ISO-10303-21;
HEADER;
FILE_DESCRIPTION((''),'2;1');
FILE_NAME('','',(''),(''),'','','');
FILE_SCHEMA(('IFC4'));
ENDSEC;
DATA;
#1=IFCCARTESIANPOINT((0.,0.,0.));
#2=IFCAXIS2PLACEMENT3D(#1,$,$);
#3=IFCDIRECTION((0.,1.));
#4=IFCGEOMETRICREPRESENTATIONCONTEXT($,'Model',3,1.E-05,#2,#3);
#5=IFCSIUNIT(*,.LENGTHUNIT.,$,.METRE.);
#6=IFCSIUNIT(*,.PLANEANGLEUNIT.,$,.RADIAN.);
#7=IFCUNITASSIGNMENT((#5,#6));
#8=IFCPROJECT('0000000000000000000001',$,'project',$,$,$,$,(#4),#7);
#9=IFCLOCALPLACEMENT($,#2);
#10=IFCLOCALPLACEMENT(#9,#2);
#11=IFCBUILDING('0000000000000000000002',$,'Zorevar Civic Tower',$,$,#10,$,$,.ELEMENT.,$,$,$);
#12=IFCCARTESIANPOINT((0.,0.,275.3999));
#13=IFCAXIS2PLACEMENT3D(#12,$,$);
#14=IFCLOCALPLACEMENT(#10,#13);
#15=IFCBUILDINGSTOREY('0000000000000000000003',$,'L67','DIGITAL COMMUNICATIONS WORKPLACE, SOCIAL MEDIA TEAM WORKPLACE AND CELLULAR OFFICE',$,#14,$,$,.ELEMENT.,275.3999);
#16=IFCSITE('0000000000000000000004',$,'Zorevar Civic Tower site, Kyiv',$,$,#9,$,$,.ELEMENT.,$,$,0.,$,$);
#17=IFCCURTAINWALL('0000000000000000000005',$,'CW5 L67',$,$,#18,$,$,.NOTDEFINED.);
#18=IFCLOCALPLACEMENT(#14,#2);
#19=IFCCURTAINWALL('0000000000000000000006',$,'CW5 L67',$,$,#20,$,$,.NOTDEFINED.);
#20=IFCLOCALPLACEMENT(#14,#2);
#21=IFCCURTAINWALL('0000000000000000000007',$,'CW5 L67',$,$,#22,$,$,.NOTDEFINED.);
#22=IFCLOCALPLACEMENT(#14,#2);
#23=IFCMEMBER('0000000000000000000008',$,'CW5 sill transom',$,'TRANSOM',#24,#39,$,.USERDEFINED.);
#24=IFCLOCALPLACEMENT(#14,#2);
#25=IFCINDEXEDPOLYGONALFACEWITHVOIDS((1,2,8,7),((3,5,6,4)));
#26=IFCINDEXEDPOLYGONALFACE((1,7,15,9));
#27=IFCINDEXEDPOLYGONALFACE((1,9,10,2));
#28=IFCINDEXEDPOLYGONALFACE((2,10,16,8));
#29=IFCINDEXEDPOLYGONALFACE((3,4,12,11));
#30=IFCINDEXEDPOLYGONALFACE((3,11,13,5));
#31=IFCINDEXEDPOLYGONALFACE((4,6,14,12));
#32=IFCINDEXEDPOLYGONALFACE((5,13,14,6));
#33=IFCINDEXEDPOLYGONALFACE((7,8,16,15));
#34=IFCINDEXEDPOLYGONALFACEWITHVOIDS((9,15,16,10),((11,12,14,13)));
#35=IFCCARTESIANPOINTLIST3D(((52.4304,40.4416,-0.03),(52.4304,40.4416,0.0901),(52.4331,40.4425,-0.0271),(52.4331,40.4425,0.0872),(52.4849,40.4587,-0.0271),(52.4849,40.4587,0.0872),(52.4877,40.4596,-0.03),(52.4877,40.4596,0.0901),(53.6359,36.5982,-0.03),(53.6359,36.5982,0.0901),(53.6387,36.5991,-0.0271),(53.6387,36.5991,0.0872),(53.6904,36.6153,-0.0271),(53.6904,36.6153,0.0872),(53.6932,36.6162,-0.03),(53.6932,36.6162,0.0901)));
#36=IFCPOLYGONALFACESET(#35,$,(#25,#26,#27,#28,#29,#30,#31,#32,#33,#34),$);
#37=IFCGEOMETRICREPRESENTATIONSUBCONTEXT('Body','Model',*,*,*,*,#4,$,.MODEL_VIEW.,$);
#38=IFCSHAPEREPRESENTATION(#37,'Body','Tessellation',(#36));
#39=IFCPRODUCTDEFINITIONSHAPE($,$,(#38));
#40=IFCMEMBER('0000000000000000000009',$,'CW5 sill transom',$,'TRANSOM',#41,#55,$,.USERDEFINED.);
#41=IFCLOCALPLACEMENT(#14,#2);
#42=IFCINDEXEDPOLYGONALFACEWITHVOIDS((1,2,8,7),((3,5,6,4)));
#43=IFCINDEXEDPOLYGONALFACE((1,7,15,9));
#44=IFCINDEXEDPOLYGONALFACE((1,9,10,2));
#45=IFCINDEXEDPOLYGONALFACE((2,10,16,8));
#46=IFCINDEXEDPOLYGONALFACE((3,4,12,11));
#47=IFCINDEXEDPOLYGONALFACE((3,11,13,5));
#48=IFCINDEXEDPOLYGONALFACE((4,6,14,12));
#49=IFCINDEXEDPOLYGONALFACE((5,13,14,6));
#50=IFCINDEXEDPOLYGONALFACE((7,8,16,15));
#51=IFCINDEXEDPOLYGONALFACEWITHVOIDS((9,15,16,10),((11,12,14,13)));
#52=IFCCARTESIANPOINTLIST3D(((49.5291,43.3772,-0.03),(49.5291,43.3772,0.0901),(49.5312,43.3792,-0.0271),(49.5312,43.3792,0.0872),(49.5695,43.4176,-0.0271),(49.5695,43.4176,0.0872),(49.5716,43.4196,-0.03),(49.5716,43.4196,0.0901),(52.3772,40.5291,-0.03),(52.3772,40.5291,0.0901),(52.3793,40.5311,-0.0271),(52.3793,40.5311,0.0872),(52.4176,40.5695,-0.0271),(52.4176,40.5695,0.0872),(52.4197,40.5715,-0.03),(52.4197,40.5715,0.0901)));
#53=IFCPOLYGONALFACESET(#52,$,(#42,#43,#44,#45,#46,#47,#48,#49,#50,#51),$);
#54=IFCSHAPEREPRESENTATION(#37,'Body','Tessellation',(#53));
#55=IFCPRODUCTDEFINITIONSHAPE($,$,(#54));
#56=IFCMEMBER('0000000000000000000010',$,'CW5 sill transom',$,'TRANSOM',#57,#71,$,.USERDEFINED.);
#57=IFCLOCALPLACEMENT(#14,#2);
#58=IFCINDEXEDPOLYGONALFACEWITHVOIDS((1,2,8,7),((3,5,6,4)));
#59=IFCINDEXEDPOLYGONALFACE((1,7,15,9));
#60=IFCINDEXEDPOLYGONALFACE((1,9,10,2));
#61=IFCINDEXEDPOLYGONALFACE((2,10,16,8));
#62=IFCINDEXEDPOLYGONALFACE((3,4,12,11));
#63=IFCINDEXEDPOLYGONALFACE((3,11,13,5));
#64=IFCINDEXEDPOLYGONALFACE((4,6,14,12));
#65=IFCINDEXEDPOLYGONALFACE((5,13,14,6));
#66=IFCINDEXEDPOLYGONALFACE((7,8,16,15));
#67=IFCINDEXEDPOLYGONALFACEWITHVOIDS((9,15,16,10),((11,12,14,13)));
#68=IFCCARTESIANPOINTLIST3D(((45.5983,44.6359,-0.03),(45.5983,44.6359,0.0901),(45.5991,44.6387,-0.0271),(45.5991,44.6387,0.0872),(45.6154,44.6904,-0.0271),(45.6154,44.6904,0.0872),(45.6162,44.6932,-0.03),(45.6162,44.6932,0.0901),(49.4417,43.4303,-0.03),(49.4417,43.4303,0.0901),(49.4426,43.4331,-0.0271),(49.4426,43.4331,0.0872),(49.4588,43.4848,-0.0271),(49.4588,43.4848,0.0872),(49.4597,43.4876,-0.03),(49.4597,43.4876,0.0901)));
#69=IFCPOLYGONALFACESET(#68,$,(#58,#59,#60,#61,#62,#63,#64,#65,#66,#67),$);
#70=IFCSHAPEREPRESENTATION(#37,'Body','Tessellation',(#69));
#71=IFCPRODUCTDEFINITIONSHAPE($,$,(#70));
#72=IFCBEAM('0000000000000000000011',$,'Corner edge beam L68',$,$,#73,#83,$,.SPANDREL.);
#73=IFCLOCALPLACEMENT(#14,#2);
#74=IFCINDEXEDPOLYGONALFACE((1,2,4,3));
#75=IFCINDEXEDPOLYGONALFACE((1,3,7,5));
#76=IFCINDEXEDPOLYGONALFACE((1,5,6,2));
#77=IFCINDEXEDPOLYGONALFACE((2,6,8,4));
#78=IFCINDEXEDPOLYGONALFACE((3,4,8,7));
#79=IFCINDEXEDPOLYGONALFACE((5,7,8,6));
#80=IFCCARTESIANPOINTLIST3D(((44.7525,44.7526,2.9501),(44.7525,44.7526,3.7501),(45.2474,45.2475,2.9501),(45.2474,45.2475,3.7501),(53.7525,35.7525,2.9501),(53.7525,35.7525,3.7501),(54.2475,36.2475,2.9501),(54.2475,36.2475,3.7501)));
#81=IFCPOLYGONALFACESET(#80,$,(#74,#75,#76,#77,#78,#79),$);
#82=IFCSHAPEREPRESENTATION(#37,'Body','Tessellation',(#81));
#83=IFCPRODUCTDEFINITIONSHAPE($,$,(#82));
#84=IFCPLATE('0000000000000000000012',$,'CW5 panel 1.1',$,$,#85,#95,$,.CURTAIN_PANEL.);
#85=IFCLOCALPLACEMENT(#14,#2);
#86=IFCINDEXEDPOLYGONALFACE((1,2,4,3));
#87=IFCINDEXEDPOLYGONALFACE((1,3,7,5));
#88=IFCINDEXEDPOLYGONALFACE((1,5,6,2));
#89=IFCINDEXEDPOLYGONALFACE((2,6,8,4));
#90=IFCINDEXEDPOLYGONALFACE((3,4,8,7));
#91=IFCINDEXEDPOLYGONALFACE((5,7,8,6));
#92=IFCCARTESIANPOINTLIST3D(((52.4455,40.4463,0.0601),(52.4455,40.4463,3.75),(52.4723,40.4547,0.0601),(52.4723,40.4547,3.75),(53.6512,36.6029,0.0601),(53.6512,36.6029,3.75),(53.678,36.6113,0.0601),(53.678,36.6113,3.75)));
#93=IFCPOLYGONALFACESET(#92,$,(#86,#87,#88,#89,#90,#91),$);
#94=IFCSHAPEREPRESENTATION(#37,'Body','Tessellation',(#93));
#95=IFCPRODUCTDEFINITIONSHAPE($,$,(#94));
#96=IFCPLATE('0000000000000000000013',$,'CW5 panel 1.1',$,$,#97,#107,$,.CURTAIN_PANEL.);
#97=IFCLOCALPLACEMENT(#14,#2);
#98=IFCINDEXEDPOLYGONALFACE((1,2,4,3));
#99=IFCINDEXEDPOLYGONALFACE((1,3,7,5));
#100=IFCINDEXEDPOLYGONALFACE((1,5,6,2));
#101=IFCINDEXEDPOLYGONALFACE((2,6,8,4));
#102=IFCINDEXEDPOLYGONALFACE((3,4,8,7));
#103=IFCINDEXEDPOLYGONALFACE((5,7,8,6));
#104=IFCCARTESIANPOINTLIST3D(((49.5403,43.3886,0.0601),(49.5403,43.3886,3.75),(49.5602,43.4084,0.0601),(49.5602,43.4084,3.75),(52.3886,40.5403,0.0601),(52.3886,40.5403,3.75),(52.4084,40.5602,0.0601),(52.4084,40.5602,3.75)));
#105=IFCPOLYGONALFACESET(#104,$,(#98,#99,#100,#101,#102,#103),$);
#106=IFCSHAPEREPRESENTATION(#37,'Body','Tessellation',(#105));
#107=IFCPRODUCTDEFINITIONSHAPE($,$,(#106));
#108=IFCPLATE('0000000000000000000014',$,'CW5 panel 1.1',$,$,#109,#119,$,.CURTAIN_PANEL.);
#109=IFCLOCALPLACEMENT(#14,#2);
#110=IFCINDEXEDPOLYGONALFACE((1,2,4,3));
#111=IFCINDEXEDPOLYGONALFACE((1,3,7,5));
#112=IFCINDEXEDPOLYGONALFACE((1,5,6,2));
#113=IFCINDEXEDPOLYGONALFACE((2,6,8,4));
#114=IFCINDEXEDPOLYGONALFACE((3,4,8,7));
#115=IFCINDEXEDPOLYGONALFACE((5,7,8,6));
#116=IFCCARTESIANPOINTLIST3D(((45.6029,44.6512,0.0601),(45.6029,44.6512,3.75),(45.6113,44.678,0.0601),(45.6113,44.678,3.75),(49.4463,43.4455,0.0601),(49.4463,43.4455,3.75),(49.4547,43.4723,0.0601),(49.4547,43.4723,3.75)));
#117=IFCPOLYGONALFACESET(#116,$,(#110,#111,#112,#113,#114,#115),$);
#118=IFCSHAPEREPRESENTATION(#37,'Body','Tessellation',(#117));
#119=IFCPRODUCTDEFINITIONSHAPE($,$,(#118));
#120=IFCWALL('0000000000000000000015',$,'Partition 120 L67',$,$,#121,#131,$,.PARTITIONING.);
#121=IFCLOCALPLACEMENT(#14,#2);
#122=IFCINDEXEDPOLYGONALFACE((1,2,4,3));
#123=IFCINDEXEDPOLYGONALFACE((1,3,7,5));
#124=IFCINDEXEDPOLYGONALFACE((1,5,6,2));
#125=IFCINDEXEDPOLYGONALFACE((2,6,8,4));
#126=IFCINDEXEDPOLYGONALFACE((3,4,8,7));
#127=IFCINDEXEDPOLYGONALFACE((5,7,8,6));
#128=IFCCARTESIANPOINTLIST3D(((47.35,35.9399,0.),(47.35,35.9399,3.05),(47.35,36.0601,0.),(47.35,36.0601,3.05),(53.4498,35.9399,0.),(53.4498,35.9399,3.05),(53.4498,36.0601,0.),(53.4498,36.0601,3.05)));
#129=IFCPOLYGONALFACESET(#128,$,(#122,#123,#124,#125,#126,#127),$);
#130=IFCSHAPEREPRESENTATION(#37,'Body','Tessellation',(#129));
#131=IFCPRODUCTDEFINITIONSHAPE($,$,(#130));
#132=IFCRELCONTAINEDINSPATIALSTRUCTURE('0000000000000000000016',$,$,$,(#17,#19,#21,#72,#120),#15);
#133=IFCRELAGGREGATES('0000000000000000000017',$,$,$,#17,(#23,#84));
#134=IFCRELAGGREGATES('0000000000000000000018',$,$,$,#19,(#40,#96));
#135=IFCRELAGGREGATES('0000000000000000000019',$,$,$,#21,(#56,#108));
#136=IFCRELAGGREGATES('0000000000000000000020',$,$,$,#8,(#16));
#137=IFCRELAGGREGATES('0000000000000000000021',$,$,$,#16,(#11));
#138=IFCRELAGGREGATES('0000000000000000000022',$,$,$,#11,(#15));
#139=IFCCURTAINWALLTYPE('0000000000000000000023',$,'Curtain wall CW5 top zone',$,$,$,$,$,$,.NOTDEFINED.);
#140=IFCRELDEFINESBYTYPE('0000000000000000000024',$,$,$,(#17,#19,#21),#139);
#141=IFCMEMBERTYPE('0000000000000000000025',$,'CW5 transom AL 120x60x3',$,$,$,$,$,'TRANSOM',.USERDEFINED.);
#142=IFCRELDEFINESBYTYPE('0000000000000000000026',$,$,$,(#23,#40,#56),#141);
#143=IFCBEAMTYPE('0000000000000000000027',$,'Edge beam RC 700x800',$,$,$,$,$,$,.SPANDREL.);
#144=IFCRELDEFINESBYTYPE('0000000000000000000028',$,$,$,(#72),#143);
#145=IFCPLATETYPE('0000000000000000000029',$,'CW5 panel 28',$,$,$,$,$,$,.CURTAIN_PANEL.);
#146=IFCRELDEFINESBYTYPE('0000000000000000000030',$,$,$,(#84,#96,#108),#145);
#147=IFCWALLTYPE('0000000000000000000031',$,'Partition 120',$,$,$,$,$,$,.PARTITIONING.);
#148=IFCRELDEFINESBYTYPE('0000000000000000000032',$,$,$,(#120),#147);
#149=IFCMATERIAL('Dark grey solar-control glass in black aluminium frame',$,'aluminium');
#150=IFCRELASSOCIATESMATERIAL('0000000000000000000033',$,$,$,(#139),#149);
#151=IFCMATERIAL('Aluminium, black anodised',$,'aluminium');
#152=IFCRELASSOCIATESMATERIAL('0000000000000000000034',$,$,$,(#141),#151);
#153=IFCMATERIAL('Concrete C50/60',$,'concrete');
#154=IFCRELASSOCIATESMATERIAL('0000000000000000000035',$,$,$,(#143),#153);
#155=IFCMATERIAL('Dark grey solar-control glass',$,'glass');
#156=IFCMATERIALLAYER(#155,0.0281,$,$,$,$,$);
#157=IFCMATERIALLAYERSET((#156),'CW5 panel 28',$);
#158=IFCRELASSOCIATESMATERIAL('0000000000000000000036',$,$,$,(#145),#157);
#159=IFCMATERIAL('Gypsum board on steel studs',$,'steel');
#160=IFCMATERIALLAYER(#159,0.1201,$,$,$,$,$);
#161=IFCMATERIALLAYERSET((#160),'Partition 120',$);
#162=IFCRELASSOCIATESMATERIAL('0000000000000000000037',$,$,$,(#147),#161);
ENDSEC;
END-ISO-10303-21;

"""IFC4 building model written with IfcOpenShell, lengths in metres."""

from ifc_helpers import new_model, si_unit, direction, frame, frame_2d, origin, origin_2d, place, context, subcontext, project, spatial, rectangle, hollow_rectangle, extrude, material, layer, layer_set, material_profile, profile_set, type_object, element, aggregate, save


model = new_model("IFC4")

# Units and contexts
model_context = context("Model", 3, precision=1e-05, world=origin(), true_north=direction((0.0, 1.0)))
body_context = subcontext(model_context, "Body", "Model", "MODEL_VIEW")
ifc_project = project(units=[si_unit("LENGTHUNIT", "METRE"), si_unit("PLANEANGLEUNIT", "RADIAN")], contexts=[model_context])

# Site, building, storey
site_placement = place(None, origin())
site = spatial("IfcSite", under=ifc_project, at=site_placement, Name="Zorevar Civic Tower site, Kyiv", CompositionType="ELEMENT", RefElevation=0.0)
building_placement = place(site_placement, origin())
building = spatial("IfcBuilding", under=site, at=building_placement, Name="Zorevar Civic Tower", CompositionType="ELEMENT")
storey_placement = place(building_placement, frame((0.0, 0.0, 275.3999)))
storey = spatial("IfcBuildingStorey", under=building, at=storey_placement, Name="L67", Description="DIGITAL COMMUNICATIONS WORKPLACE, SOCIAL MEDIA TEAM WORKPLACE AND CELLULAR OFFICE", CompositionType="ELEMENT", Elevation=275.3999)

# Shared definitions
ifc_material_1 = material(Name="Dark grey solar-control glass in black aluminium frame", Category="aluminium")
curtain_wall_type = type_object("IfcCurtainWallType", Name="Curtain wall CW5 top zone", PredefinedType="NOTDEFINED", material=ifc_material_1)

# Curtain walls
curtain_wall_1_placement = place(storey_placement, origin())
curtain_wall_1 = element("IfcCurtainWall", 1, at=curtain_wall_1_placement, inside=storey, type_object=curtain_wall_type, Name="CW5 L67", PredefinedType="NOTDEFINED")
curtain_wall_2_placement = place(storey_placement, origin())
curtain_wall_2 = element("IfcCurtainWall", 2, at=curtain_wall_2_placement, inside=storey, type_object=curtain_wall_type, Name="CW5 L67", PredefinedType="NOTDEFINED")
curtain_wall_3_placement = place(storey_placement, origin())
curtain_wall_3 = element("IfcCurtainWall", 3, at=curtain_wall_3_placement, inside=storey, type_object=curtain_wall_type, Name="CW5 L67", PredefinedType="NOTDEFINED")

# Members
ifc_material_2 = material(Name="Aluminium, black anodised", Category="aluminium")
ifc_material_profile_1 = material_profile(ifc_material_2, hollow_rectangle(XDim=0.0601, YDim=0.1201, WallThickness=0.0029, at=origin_2d()), Name="AL 120x60x3")
ifc_profile_set_1 = profile_set([ifc_material_profile_1], Name="Aluminium, black anodised")
member_type_1 = type_object("IfcMemberType", Name="CW5 transom AL 120x60x3", ElementType="TRANSOM", PredefinedType="USERDEFINED", material=ifc_profile_set_1)
member_1_placement = place(storey_placement, frame((53.6646, 36.6072, 0.03), z_axis=(-0.299286, 0.954163, 0.0), x_axis=(-0.954163, -0.299286, 0.0)))
member_1 = element("IfcMember", 4, at=member_1_placement, type_object=member_type_1, Name="CW5 sill transom", ObjectType="TRANSOM", PredefinedType="USERDEFINED", context=body_context, shape_type="SweptSolid", body=[
    extrude(hollow_rectangle(XDim=0.0601, YDim=0.1201, WallThickness=0.0029, at=origin_2d()), origin(), (0.0, 0.0, 1.0), 4.0281),
])
member_2_placement = place(storey_placement, frame((52.3984, 40.5503, 0.03), z_axis=(-0.707107, 0.707107, 0.0), x_axis=(-0.707107, -0.707107, 0.0)))
member_2 = element("IfcMember", 5, at=member_2_placement, type_object=member_type_1, Name="CW5 sill transom", ObjectType="TRANSOM", PredefinedType="USERDEFINED", context=body_context, shape_type="SweptSolid", body=[
    extrude(hollow_rectangle(XDim=0.0601, YDim=0.1201, WallThickness=0.0029, at=origin_2d()), origin(), (0.0, 0.0, 1.0), 4.0278),
])
member_3_placement = place(storey_placement, frame((49.4507, 43.459, 0.03), z_axis=(-0.954163, 0.299286, 0.0), x_axis=(-0.299286, -0.954163, 0.0)))
member_3 = element("IfcMember", 6, at=member_3_placement, type_object=member_type_1, Name="CW5 sill transom", ObjectType="TRANSOM", PredefinedType="USERDEFINED", context=body_context, shape_type="SweptSolid", body=[
    extrude(hollow_rectangle(XDim=0.0601, YDim=0.1201, WallThickness=0.0029, at=origin_2d()), origin(), (0.0, 0.0, 1.0), 4.0281),
])

# Beam
ifc_material_3 = material(Name="Concrete C50/60", Category="concrete")
ifc_material_profile_2 = material_profile(ifc_material_3, rectangle(XDim=0.7, YDim=0.8, at=origin_2d()), Name="RC 700x800")
ifc_profile_set_2 = profile_set([ifc_material_profile_2], Name="Concrete C50/60")
beam_type_1 = type_object("IfcBeamType", Name="Edge beam RC 700x800", PredefinedType="SPANDREL", material=ifc_profile_set_2)
beam_1_placement = place(storey_placement, frame((54.0, 36.0, 3.3501), z_axis=(-0.707107, 0.707107, 0.0), x_axis=(-0.707107, -0.707107, 0.0)))
element("IfcBeam", 7, at=beam_1_placement, inside=storey, type_object=beam_type_1, Name="Corner edge beam L68", PredefinedType="SPANDREL", context=body_context, shape_type="SweptSolid", body=[
    extrude(rectangle(XDim=0.7, YDim=0.8, at=origin_2d()), origin(), (0.0, 0.0, 1.0), 12.728),
])

# Plates
ifc_material_4 = material(Name="Dark grey solar-control glass", Category="glass")
ifc_layer_1 = layer(ifc_material_4, 0.0281)
ifc_layer_set_1 = layer_set([ifc_layer_1], Name="CW5 panel 28")
plate_type = type_object("IfcPlateType", Name="CW5 panel 28", PredefinedType="CURTAIN_PANEL", material=ifc_layer_set_1)
plate_1_placement = place(storey_placement, frame((53.0618, 38.5288, 0.0601), z_axis=(0.0, 0.0, 1.0), x_axis=(-0.299318, 0.954153, 0.0)))
plate_1 = element("IfcPlate", 8, at=plate_1_placement, type_object=plate_type, Name="CW5 panel 1.1", PredefinedType="CURTAIN_PANEL", context=body_context, shape_type="SweptSolid", body=[
    extrude(rectangle(XDim=4.0281, YDim=0.0281, at=origin_2d()), origin(), (0.0, 0.0, 1.0), 3.6899),
])
aggregate(curtain_wall_1, [member_1, plate_1])
plate_2_placement = place(storey_placement, frame((50.9744, 41.9744, 0.0601), z_axis=(0.0, 0.0, 1.0), x_axis=(-0.707107, 0.707107, 0.0)))
plate_2 = element("IfcPlate", 9, at=plate_2_placement, type_object=plate_type, Name="CW5 panel 1.1", PredefinedType="CURTAIN_PANEL", context=body_context, shape_type="SweptSolid", body=[
    extrude(rectangle(XDim=4.0281, YDim=0.0281, at=origin_2d()), origin(), (0.0, 0.0, 1.0), 3.6899),
])
aggregate(curtain_wall_2, [member_2, plate_2])
plate_3_placement = place(storey_placement, frame((47.5288, 44.0618, 0.0601), z_axis=(0.0, 0.0, 1.0), x_axis=(-0.954153, 0.299318, 0.0)))
plate_3 = element("IfcPlate", 10, at=plate_3_placement, type_object=plate_type, Name="CW5 panel 1.1", PredefinedType="CURTAIN_PANEL", context=body_context, shape_type="SweptSolid", body=[
    extrude(rectangle(XDim=4.0281, YDim=0.0281, at=origin_2d()), origin(), (0.0, 0.0, 1.0), 3.6899),
])
aggregate(curtain_wall_3, [member_3, plate_3])

# Wall
ifc_material_5 = material(Name="Gypsum board on steel studs", Category="steel")
ifc_layer_2 = layer(ifc_material_5, 0.1201)
ifc_layer_set_2 = layer_set([ifc_layer_2], Name="Partition 120")
wall_type_1 = type_object("IfcWallType", Name="Partition 120", PredefinedType="PARTITIONING", material=ifc_layer_set_2)
wall_1_placement = place(storey_placement, frame((47.3501, 36.0, 0.0), z_axis=(0.0, 0.0, 1.0), x_axis=(1.0, 0.0, 0.0)))
element("IfcWall", 11, at=wall_1_placement, inside=storey, type_object=wall_type_1, Name="Partition 120 L67", PredefinedType="PARTITIONING", context=body_context, shape_type="SweptSolid", body=[
    extrude(rectangle(XDim=6.0999, YDim=0.1201, at=frame_2d((3.0498, 0.0))), origin(), (0.0, 0.0, 1.0), 3.05),
])

save(model, "model.ifc")
